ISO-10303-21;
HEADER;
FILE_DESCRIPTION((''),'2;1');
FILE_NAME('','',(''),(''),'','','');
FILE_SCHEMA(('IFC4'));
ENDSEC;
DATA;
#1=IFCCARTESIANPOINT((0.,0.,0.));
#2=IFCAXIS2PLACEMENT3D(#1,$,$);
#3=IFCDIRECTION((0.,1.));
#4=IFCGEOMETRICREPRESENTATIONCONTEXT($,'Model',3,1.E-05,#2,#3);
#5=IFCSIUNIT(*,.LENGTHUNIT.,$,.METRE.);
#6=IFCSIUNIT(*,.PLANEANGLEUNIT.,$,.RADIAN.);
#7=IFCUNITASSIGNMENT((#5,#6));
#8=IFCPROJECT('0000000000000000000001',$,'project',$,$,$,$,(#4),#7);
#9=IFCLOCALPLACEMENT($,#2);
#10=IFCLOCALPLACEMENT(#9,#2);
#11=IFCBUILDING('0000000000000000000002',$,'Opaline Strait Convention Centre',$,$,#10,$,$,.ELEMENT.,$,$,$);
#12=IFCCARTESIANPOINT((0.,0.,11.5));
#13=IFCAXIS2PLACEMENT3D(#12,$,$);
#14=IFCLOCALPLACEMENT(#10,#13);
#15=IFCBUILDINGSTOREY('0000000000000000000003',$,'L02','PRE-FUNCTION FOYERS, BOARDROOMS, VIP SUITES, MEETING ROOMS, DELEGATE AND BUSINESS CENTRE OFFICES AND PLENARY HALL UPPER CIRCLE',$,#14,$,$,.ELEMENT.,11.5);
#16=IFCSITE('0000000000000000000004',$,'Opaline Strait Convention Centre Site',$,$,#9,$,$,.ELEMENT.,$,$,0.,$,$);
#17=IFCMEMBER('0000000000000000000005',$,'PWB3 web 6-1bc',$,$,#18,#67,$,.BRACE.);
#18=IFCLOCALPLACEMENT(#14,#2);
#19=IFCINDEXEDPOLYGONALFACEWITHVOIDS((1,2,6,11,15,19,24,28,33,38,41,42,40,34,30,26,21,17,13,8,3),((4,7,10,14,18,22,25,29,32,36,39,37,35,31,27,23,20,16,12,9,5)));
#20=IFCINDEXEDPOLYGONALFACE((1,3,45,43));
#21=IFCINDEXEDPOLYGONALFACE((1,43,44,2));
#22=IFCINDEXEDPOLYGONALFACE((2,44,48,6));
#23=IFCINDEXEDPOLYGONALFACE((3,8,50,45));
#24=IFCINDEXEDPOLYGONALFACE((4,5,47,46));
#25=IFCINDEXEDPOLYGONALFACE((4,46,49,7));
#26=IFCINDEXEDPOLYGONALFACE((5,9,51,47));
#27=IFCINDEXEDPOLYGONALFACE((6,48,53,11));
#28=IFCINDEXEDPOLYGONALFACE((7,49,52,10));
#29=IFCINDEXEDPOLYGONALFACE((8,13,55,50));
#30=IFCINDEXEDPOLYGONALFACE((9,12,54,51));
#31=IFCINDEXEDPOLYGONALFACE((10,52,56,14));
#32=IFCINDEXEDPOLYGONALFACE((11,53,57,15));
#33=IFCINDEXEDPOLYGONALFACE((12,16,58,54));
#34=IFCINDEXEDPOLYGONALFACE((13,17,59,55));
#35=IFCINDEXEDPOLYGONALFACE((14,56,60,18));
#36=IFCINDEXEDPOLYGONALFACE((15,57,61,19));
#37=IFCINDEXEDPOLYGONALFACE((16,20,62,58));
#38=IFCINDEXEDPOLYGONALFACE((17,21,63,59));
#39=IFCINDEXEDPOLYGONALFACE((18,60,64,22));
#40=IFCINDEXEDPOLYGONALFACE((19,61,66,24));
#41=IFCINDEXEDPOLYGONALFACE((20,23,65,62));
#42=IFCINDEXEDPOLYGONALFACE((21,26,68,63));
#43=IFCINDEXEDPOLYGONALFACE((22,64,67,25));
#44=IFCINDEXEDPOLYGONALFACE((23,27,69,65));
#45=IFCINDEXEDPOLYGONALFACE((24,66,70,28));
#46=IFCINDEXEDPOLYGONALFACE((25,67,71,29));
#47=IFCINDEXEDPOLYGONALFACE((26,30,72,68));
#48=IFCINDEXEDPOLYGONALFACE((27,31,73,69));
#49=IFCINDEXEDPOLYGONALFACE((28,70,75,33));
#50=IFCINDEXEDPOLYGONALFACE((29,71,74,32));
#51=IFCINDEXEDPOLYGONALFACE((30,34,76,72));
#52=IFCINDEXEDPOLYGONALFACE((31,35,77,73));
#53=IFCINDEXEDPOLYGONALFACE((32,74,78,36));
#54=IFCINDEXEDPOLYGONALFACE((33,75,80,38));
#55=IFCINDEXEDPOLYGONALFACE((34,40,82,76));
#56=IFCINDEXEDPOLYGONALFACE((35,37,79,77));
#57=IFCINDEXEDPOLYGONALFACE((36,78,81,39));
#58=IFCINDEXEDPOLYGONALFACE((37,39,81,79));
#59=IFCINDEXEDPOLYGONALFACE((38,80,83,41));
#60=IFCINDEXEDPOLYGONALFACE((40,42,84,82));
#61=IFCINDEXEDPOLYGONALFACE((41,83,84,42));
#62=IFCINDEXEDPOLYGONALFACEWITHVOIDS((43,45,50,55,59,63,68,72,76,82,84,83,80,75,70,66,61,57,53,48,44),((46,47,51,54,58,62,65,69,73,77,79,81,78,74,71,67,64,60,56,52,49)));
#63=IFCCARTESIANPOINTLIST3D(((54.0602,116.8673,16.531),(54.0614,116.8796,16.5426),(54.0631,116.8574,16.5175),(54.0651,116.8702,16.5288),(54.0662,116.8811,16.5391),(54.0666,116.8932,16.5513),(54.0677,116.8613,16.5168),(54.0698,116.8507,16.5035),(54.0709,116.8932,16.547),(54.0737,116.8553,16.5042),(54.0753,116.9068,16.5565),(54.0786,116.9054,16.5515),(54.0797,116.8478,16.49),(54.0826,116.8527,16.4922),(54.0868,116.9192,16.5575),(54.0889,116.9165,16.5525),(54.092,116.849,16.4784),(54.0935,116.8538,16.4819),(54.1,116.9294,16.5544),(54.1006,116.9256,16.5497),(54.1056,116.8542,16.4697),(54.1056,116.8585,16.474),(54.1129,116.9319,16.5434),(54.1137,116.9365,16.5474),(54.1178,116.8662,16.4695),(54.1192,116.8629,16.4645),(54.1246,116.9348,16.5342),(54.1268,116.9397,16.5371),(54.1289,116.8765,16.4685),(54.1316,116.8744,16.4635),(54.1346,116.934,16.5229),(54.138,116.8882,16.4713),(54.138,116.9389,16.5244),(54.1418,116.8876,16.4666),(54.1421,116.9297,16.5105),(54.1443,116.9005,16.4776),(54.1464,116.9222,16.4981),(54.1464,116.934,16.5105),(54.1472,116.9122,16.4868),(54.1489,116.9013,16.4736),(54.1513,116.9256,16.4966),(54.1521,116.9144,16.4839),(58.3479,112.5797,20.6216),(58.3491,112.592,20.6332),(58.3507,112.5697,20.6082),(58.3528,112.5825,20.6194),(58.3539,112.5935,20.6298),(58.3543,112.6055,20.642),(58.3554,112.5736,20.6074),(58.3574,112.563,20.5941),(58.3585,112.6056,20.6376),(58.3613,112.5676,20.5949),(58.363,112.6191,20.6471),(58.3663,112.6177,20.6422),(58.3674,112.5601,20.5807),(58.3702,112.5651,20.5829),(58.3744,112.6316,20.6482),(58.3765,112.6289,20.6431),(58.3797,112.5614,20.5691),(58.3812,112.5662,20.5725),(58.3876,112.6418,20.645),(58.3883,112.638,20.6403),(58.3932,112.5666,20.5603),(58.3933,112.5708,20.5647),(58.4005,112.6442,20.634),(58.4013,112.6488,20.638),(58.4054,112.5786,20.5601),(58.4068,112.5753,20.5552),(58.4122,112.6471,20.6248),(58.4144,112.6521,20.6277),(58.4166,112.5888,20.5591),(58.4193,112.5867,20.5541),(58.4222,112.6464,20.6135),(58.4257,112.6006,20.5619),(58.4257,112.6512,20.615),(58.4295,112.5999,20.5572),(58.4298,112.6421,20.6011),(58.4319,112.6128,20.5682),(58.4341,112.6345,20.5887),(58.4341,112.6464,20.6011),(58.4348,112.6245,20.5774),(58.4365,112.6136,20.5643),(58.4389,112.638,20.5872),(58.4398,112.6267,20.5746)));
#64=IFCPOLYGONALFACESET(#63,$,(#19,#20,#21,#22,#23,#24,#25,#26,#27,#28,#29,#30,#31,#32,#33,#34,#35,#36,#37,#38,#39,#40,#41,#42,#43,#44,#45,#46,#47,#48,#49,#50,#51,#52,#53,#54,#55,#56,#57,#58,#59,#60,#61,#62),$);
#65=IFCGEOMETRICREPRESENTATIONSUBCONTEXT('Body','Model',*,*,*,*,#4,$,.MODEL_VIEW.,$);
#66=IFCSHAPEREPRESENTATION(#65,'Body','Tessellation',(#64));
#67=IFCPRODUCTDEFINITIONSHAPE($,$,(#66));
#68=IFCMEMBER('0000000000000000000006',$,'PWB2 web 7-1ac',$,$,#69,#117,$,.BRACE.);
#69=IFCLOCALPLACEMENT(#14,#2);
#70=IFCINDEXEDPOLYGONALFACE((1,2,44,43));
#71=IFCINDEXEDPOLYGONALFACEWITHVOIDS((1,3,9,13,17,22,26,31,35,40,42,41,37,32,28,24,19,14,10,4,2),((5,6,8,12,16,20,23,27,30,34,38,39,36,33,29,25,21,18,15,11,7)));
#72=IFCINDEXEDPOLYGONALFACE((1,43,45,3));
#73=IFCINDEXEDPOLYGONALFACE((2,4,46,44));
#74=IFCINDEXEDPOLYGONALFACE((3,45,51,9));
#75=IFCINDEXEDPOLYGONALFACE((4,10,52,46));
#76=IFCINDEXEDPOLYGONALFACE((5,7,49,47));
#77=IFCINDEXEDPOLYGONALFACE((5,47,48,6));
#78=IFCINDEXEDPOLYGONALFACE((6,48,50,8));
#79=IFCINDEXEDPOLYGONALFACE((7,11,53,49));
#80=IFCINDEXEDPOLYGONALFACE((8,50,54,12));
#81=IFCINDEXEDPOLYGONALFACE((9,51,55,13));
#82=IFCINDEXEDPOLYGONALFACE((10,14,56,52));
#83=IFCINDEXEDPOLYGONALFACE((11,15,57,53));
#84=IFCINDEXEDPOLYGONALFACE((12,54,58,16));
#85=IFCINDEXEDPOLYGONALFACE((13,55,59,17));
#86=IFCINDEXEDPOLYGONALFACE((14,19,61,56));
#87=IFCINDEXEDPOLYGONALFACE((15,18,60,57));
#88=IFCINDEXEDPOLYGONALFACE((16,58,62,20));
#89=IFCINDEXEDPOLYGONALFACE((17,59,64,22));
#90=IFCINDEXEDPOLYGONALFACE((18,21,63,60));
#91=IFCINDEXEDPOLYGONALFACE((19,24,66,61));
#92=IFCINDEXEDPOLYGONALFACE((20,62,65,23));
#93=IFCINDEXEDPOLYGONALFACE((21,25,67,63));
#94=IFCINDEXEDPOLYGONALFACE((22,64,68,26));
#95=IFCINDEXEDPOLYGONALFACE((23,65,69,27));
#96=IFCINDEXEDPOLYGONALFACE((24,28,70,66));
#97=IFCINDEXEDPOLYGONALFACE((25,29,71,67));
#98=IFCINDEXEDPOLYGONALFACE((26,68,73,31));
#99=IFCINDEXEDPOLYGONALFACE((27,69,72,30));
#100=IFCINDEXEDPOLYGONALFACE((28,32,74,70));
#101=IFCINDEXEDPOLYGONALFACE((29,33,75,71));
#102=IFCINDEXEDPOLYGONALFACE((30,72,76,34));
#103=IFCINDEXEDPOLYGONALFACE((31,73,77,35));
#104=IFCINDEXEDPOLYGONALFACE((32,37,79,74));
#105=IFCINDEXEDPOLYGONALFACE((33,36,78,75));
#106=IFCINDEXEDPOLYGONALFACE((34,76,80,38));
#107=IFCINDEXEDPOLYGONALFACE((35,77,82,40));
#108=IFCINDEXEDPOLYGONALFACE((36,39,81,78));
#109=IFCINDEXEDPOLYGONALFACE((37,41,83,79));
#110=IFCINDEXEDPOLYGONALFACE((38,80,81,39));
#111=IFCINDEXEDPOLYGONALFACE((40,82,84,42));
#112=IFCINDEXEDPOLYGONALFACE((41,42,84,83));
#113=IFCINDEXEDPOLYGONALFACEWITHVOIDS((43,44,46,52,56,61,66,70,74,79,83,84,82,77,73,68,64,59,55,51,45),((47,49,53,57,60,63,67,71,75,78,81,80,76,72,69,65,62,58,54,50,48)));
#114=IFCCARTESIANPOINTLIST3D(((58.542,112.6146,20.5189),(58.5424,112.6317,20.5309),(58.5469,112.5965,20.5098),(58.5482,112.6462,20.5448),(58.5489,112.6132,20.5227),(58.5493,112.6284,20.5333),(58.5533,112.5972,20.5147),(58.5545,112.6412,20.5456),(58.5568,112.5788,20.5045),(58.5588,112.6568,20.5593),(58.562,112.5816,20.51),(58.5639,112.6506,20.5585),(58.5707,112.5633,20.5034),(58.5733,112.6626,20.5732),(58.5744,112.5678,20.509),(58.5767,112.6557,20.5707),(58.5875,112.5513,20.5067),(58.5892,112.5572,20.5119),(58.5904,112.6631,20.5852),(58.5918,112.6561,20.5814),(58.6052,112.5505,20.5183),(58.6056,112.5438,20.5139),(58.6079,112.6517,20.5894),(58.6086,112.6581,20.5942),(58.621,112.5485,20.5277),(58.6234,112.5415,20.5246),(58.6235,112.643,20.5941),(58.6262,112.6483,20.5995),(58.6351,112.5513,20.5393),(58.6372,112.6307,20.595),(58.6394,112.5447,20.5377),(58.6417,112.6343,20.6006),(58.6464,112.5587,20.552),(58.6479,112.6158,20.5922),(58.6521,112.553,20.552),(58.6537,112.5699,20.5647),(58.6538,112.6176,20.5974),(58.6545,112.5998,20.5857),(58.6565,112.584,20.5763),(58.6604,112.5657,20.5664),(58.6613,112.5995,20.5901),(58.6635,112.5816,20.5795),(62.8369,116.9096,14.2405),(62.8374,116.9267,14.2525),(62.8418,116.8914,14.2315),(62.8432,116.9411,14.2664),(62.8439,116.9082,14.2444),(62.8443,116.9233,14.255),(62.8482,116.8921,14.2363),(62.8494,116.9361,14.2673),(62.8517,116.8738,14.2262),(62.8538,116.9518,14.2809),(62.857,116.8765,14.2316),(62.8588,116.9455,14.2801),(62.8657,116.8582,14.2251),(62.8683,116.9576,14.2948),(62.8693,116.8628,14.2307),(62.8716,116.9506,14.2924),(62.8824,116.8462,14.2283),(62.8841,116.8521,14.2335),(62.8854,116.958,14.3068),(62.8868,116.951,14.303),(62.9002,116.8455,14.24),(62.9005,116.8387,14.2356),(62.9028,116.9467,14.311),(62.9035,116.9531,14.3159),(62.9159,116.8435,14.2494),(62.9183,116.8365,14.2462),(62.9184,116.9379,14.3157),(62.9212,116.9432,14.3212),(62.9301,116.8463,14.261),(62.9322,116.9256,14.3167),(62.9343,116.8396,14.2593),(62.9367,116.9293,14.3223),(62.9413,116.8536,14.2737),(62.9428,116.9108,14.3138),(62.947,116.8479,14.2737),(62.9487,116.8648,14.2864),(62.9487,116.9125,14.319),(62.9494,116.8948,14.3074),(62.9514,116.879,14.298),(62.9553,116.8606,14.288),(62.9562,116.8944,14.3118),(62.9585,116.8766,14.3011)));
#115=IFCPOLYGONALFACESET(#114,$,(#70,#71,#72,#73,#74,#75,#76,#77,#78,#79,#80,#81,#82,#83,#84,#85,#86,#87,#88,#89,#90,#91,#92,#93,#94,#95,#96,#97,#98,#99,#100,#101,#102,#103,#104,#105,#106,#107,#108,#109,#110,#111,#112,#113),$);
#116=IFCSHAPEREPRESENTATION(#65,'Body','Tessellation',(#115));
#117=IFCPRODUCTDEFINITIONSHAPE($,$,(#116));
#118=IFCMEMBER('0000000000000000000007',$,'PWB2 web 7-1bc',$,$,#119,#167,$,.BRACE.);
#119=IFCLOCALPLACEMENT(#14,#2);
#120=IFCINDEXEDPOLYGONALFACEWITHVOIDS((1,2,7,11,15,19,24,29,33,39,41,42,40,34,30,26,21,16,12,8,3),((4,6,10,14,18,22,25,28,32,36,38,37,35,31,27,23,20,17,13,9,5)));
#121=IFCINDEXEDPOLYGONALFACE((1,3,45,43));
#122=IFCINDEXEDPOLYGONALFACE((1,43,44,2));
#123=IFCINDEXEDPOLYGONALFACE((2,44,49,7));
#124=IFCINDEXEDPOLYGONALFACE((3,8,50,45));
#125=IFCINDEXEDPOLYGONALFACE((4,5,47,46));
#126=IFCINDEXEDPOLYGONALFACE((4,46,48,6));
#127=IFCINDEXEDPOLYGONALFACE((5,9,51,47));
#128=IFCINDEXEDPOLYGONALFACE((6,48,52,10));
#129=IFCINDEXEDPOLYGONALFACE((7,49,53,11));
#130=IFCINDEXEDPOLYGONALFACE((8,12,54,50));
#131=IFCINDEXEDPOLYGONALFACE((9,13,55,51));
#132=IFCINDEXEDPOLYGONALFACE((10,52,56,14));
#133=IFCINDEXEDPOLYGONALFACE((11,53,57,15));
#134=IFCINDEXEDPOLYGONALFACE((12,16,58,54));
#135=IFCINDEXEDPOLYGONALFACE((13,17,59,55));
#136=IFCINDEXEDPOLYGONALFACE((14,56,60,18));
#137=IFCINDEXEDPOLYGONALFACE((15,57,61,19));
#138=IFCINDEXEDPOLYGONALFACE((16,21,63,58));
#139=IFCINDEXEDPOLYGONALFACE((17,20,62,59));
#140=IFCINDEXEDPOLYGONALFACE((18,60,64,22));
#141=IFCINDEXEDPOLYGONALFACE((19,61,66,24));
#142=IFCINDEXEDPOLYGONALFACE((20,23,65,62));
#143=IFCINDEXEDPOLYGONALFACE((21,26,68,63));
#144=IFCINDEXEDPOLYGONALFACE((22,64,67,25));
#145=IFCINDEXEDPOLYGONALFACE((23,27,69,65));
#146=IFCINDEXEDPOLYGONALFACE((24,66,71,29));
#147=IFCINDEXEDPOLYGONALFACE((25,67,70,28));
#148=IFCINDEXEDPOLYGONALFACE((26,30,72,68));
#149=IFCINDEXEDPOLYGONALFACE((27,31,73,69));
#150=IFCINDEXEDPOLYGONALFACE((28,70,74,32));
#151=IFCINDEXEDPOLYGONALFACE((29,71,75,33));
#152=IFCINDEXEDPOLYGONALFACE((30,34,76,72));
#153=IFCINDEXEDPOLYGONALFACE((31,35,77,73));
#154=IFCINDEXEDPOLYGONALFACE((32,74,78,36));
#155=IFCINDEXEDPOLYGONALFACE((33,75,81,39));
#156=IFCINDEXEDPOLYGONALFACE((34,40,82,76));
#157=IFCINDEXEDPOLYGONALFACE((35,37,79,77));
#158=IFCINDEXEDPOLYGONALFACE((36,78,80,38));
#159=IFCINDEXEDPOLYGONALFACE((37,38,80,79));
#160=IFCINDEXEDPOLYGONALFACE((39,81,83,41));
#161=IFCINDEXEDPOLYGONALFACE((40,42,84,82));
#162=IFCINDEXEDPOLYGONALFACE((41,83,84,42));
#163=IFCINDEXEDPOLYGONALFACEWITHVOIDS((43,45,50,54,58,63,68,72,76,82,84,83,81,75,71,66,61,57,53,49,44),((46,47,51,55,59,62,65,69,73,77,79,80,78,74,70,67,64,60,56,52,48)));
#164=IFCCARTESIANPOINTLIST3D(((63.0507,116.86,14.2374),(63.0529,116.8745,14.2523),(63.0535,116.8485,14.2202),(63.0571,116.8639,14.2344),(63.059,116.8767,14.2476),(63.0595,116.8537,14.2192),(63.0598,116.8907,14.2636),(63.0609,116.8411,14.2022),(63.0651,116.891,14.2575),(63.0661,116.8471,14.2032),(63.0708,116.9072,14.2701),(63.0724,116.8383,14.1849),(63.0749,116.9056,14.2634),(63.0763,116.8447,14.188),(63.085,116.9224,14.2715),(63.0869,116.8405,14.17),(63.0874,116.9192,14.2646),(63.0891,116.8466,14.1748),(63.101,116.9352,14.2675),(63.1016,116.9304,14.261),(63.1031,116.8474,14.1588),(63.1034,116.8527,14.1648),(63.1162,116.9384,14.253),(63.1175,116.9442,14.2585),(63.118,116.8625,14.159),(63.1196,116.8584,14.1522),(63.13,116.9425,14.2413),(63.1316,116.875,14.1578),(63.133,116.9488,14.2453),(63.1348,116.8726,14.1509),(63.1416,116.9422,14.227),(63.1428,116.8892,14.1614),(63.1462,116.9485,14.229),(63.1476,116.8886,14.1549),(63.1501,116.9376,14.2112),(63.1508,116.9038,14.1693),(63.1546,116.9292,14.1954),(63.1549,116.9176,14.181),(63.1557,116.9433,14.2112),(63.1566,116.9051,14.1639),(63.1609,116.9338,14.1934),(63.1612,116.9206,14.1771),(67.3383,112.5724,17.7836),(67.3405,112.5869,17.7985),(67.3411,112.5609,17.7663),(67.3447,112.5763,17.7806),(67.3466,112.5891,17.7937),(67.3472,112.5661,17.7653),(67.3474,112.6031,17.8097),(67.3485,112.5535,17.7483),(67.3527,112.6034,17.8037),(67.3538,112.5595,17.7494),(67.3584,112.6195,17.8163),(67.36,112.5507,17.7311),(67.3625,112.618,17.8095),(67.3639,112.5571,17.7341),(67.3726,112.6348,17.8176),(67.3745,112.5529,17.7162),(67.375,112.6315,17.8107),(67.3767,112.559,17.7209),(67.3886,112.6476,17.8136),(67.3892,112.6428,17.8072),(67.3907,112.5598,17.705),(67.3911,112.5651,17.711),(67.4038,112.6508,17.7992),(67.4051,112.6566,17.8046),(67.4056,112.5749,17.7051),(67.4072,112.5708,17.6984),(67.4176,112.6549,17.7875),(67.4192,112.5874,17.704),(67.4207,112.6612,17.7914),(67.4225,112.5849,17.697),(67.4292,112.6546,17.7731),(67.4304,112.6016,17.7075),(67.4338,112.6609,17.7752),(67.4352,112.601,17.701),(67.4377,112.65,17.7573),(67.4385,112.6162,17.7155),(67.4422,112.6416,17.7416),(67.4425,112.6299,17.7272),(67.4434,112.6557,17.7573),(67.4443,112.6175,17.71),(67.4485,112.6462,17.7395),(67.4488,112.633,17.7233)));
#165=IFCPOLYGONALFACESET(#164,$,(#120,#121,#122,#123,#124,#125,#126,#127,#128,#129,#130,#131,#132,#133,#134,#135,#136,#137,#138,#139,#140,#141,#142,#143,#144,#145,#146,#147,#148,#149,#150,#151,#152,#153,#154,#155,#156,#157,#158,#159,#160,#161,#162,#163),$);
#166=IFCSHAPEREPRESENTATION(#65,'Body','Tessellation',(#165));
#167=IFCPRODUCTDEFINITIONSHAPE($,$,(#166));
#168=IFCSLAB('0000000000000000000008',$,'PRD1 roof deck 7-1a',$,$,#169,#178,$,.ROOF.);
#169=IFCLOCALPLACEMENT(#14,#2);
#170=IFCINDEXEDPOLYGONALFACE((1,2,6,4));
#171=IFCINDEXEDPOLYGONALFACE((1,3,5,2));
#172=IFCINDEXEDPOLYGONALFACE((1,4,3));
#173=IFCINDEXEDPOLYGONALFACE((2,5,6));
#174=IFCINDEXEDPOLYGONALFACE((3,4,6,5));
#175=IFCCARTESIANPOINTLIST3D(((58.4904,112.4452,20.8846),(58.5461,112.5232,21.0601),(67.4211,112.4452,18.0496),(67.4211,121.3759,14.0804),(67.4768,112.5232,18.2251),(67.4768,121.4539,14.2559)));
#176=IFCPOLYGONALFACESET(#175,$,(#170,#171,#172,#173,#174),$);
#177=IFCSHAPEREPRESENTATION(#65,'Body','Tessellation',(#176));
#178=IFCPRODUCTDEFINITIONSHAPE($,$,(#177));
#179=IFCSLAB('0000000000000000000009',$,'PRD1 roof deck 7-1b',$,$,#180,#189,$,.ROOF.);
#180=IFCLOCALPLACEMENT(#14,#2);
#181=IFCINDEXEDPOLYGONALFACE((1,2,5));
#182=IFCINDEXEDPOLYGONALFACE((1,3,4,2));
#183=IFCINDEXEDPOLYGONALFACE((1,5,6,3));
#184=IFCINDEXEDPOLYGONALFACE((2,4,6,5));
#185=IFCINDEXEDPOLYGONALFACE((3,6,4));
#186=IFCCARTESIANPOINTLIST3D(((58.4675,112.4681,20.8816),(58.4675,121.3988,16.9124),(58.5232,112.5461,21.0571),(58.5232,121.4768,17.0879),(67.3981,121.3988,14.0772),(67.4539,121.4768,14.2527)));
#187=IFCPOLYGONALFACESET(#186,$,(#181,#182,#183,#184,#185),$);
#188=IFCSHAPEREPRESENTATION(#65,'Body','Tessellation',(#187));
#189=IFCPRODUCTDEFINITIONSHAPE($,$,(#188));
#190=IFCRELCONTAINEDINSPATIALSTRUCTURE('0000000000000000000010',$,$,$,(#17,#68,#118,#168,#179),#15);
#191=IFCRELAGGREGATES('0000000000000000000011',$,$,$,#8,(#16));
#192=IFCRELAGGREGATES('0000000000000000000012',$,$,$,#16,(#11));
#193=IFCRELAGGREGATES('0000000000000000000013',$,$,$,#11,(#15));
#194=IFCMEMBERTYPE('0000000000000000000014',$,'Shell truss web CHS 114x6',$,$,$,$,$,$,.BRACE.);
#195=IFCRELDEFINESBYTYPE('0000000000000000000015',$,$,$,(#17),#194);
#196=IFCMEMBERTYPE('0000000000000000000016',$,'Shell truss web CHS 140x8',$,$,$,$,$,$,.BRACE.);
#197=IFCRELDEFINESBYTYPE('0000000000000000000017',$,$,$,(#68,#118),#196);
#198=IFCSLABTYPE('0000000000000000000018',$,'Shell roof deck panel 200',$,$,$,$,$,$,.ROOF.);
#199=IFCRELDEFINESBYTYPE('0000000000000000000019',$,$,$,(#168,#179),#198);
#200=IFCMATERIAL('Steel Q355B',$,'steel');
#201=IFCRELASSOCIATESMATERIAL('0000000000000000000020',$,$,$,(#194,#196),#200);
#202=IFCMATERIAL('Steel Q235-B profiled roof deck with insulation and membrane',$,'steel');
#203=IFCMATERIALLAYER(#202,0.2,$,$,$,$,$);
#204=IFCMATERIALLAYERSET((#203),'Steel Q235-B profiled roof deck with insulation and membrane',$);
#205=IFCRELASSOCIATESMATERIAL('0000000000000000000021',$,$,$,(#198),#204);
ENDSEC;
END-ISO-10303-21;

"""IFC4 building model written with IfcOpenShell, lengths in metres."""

from ifc_helpers import new_model, si_unit, direction, frame, origin, origin_2d, place, context, subcontext, project, spatial, polyline, hollow_circle, outline, extrude, material, layer, layer_set, material_profile, profile_set, type_object, element, save


model = new_model("IFC4")

# Units and contexts
model_context = context("Model", 3, precision=1e-05, world=origin(), true_north=direction((0.0, 1.0)))
body_context = subcontext(model_context, "Body", "Model", "MODEL_VIEW")
ifc_project = project(units=[si_unit("LENGTHUNIT", "METRE"), si_unit("PLANEANGLEUNIT", "RADIAN")], contexts=[model_context])

# Site, building, storey
site_placement = place(None, origin())
site = spatial("IfcSite", under=ifc_project, at=site_placement, Name="Opaline Strait Convention Centre Site", CompositionType="ELEMENT", RefElevation=0.0)
building_placement = place(site_placement, origin())
building = spatial("IfcBuilding", under=site, at=building_placement, Name="Opaline Strait Convention Centre", CompositionType="ELEMENT")
storey_placement = place(building_placement, frame((0.0, 0.0, 11.5)))
storey = spatial("IfcBuildingStorey", under=building, at=storey_placement, Name="L02", Description="PRE-FUNCTION FOYERS, BOARDROOMS, VIP SUITES, MEETING ROOMS, DELEGATE AND BUSINESS CENTRE OFFICES AND PLENARY HALL UPPER CIRCLE", CompositionType="ELEMENT", Elevation=11.5)

# Members
ifc_material_1 = material(Name="Steel Q355B", Category="steel")
ifc_material_profile_1 = material_profile(ifc_material_1, hollow_circle(Radius=0.0569, WallThickness=0.0061, at=origin_2d()), Name="CHS 114x6")
ifc_profile_set_1 = profile_set([ifc_material_profile_1], Name="Steel Q355B")
member_type_1 = type_object("IfcMemberType", Name="Shell truss web CHS 114x6", PredefinedType="BRACE", material=ifc_profile_set_1)
member_1_placement = place(storey_placement, frame((54.1062, 116.8938, 16.5105), z_axis=(0.586189, -0.586189, 0.559253), x_axis=(0.707107, 0.707107, 0.0)))
element("IfcMember", 1, at=member_1_placement, inside=storey, type_object=member_type_1, Name="PWB3 web 6-1bc", PredefinedType="BRACE", context=body_context, shape_type="SweptSolid", body=[
    extrude(hollow_circle(Radius=0.0569, WallThickness=0.0061, at=origin_2d()), origin(), (0.0, 0.0, 1.0), 7.3145),
])
ifc_material_profile_2 = material_profile(ifc_material_1, hollow_circle(Radius=0.0701, WallThickness=0.0081, at=origin_2d()), Name="CHS 140x8")
ifc_profile_set_2 = profile_set([ifc_material_profile_2], Name="Steel Q355B")
member_type_2 = type_object("IfcMemberType", Name="Shell truss web CHS 140x8", PredefinedType="BRACE", material=ifc_profile_set_2)
member_2_placement = place(storey_placement, frame((62.8975, 116.8975, 14.2737), z_axis=(-0.49166, -0.49166, 0.718708), x_axis=(0.707107, -0.707107, 0.0)))
element("IfcMember", 2, at=member_2_placement, inside=storey, type_object=member_type_2, Name="PWB2 web 7-1ac", PredefinedType="BRACE", context=body_context, shape_type="SweptSolid", body=[
    extrude(hollow_circle(Radius=0.0701, WallThickness=0.0081, at=origin_2d()), origin(), (0.0, 0.0, 1.0), 8.7356),
])
member_3_placement = place(storey_placement, frame((63.1062, 116.8938, 14.2112), z_axis=(0.610387, -0.610387, 0.504833), x_axis=(0.707107, 0.707107, 0.0)))
element("IfcMember", 3, at=member_3_placement, inside=storey, type_object=member_type_2, Name="PWB2 web 7-1bc", PredefinedType="BRACE", context=body_context, shape_type="SweptSolid", body=[
    extrude(hollow_circle(Radius=0.0701, WallThickness=0.0081, at=origin_2d()), origin(), (0.0, 0.0, 1.0), 7.0244),
])

# Slabs
ifc_material_2 = material(Name="Steel Q235-B profiled roof deck with insulation and membrane", Category="steel")
ifc_layer_1 = layer(ifc_material_2, 0.2)
ifc_layer_set_1 = layer_set([ifc_layer_1], Name="Steel Q235-B profiled roof deck with insulation and membrane")
slab_type = type_object("IfcSlabType", Name="Shell roof deck panel 200", PredefinedType="ROOF", material=ifc_layer_set_1)
slab_1_placement = place(storey_placement, frame((58.5461, 112.5232, 21.0601), z_axis=(0.278596, 0.390063, 0.87763), x_axis=(0.95313, 0.0, -0.302563)))
element("IfcSlab", 4, at=slab_1_placement, inside=storey, type_object=slab_type, Name="PRD1 roof deck 7-1a", PredefinedType="ROOF", context=body_context, shape_type="SweptSolid", body=[
    extrude(outline(polyline([(0.0, 0.0), (9.3698, 0.0), (10.5708, 9.6989), (0.0, 0.0)])), origin(), (0.0, 0.0, -1.0), 0.2),
])
slab_2_placement = place(storey_placement, frame((58.5232, 112.5461, 21.0571), z_axis=(0.278618, 0.390061, 0.877624), x_axis=(0.62251, 0.62251, -0.474302)))
element("IfcSlab", 5, at=slab_2_placement, inside=storey, type_object=slab_type, Name="PRD1 roof deck 7-1b", PredefinedType="ROOF", context=body_context, shape_type="SweptSolid", body=[
    extrude(outline(polyline([(0.0, 0.0), (14.3462, 0.0), (7.442, 6.3346), (0.0, 0.0)])), origin(), (0.0, 0.0, -1.0), 0.2),
])

save(model, "model.ifc")
